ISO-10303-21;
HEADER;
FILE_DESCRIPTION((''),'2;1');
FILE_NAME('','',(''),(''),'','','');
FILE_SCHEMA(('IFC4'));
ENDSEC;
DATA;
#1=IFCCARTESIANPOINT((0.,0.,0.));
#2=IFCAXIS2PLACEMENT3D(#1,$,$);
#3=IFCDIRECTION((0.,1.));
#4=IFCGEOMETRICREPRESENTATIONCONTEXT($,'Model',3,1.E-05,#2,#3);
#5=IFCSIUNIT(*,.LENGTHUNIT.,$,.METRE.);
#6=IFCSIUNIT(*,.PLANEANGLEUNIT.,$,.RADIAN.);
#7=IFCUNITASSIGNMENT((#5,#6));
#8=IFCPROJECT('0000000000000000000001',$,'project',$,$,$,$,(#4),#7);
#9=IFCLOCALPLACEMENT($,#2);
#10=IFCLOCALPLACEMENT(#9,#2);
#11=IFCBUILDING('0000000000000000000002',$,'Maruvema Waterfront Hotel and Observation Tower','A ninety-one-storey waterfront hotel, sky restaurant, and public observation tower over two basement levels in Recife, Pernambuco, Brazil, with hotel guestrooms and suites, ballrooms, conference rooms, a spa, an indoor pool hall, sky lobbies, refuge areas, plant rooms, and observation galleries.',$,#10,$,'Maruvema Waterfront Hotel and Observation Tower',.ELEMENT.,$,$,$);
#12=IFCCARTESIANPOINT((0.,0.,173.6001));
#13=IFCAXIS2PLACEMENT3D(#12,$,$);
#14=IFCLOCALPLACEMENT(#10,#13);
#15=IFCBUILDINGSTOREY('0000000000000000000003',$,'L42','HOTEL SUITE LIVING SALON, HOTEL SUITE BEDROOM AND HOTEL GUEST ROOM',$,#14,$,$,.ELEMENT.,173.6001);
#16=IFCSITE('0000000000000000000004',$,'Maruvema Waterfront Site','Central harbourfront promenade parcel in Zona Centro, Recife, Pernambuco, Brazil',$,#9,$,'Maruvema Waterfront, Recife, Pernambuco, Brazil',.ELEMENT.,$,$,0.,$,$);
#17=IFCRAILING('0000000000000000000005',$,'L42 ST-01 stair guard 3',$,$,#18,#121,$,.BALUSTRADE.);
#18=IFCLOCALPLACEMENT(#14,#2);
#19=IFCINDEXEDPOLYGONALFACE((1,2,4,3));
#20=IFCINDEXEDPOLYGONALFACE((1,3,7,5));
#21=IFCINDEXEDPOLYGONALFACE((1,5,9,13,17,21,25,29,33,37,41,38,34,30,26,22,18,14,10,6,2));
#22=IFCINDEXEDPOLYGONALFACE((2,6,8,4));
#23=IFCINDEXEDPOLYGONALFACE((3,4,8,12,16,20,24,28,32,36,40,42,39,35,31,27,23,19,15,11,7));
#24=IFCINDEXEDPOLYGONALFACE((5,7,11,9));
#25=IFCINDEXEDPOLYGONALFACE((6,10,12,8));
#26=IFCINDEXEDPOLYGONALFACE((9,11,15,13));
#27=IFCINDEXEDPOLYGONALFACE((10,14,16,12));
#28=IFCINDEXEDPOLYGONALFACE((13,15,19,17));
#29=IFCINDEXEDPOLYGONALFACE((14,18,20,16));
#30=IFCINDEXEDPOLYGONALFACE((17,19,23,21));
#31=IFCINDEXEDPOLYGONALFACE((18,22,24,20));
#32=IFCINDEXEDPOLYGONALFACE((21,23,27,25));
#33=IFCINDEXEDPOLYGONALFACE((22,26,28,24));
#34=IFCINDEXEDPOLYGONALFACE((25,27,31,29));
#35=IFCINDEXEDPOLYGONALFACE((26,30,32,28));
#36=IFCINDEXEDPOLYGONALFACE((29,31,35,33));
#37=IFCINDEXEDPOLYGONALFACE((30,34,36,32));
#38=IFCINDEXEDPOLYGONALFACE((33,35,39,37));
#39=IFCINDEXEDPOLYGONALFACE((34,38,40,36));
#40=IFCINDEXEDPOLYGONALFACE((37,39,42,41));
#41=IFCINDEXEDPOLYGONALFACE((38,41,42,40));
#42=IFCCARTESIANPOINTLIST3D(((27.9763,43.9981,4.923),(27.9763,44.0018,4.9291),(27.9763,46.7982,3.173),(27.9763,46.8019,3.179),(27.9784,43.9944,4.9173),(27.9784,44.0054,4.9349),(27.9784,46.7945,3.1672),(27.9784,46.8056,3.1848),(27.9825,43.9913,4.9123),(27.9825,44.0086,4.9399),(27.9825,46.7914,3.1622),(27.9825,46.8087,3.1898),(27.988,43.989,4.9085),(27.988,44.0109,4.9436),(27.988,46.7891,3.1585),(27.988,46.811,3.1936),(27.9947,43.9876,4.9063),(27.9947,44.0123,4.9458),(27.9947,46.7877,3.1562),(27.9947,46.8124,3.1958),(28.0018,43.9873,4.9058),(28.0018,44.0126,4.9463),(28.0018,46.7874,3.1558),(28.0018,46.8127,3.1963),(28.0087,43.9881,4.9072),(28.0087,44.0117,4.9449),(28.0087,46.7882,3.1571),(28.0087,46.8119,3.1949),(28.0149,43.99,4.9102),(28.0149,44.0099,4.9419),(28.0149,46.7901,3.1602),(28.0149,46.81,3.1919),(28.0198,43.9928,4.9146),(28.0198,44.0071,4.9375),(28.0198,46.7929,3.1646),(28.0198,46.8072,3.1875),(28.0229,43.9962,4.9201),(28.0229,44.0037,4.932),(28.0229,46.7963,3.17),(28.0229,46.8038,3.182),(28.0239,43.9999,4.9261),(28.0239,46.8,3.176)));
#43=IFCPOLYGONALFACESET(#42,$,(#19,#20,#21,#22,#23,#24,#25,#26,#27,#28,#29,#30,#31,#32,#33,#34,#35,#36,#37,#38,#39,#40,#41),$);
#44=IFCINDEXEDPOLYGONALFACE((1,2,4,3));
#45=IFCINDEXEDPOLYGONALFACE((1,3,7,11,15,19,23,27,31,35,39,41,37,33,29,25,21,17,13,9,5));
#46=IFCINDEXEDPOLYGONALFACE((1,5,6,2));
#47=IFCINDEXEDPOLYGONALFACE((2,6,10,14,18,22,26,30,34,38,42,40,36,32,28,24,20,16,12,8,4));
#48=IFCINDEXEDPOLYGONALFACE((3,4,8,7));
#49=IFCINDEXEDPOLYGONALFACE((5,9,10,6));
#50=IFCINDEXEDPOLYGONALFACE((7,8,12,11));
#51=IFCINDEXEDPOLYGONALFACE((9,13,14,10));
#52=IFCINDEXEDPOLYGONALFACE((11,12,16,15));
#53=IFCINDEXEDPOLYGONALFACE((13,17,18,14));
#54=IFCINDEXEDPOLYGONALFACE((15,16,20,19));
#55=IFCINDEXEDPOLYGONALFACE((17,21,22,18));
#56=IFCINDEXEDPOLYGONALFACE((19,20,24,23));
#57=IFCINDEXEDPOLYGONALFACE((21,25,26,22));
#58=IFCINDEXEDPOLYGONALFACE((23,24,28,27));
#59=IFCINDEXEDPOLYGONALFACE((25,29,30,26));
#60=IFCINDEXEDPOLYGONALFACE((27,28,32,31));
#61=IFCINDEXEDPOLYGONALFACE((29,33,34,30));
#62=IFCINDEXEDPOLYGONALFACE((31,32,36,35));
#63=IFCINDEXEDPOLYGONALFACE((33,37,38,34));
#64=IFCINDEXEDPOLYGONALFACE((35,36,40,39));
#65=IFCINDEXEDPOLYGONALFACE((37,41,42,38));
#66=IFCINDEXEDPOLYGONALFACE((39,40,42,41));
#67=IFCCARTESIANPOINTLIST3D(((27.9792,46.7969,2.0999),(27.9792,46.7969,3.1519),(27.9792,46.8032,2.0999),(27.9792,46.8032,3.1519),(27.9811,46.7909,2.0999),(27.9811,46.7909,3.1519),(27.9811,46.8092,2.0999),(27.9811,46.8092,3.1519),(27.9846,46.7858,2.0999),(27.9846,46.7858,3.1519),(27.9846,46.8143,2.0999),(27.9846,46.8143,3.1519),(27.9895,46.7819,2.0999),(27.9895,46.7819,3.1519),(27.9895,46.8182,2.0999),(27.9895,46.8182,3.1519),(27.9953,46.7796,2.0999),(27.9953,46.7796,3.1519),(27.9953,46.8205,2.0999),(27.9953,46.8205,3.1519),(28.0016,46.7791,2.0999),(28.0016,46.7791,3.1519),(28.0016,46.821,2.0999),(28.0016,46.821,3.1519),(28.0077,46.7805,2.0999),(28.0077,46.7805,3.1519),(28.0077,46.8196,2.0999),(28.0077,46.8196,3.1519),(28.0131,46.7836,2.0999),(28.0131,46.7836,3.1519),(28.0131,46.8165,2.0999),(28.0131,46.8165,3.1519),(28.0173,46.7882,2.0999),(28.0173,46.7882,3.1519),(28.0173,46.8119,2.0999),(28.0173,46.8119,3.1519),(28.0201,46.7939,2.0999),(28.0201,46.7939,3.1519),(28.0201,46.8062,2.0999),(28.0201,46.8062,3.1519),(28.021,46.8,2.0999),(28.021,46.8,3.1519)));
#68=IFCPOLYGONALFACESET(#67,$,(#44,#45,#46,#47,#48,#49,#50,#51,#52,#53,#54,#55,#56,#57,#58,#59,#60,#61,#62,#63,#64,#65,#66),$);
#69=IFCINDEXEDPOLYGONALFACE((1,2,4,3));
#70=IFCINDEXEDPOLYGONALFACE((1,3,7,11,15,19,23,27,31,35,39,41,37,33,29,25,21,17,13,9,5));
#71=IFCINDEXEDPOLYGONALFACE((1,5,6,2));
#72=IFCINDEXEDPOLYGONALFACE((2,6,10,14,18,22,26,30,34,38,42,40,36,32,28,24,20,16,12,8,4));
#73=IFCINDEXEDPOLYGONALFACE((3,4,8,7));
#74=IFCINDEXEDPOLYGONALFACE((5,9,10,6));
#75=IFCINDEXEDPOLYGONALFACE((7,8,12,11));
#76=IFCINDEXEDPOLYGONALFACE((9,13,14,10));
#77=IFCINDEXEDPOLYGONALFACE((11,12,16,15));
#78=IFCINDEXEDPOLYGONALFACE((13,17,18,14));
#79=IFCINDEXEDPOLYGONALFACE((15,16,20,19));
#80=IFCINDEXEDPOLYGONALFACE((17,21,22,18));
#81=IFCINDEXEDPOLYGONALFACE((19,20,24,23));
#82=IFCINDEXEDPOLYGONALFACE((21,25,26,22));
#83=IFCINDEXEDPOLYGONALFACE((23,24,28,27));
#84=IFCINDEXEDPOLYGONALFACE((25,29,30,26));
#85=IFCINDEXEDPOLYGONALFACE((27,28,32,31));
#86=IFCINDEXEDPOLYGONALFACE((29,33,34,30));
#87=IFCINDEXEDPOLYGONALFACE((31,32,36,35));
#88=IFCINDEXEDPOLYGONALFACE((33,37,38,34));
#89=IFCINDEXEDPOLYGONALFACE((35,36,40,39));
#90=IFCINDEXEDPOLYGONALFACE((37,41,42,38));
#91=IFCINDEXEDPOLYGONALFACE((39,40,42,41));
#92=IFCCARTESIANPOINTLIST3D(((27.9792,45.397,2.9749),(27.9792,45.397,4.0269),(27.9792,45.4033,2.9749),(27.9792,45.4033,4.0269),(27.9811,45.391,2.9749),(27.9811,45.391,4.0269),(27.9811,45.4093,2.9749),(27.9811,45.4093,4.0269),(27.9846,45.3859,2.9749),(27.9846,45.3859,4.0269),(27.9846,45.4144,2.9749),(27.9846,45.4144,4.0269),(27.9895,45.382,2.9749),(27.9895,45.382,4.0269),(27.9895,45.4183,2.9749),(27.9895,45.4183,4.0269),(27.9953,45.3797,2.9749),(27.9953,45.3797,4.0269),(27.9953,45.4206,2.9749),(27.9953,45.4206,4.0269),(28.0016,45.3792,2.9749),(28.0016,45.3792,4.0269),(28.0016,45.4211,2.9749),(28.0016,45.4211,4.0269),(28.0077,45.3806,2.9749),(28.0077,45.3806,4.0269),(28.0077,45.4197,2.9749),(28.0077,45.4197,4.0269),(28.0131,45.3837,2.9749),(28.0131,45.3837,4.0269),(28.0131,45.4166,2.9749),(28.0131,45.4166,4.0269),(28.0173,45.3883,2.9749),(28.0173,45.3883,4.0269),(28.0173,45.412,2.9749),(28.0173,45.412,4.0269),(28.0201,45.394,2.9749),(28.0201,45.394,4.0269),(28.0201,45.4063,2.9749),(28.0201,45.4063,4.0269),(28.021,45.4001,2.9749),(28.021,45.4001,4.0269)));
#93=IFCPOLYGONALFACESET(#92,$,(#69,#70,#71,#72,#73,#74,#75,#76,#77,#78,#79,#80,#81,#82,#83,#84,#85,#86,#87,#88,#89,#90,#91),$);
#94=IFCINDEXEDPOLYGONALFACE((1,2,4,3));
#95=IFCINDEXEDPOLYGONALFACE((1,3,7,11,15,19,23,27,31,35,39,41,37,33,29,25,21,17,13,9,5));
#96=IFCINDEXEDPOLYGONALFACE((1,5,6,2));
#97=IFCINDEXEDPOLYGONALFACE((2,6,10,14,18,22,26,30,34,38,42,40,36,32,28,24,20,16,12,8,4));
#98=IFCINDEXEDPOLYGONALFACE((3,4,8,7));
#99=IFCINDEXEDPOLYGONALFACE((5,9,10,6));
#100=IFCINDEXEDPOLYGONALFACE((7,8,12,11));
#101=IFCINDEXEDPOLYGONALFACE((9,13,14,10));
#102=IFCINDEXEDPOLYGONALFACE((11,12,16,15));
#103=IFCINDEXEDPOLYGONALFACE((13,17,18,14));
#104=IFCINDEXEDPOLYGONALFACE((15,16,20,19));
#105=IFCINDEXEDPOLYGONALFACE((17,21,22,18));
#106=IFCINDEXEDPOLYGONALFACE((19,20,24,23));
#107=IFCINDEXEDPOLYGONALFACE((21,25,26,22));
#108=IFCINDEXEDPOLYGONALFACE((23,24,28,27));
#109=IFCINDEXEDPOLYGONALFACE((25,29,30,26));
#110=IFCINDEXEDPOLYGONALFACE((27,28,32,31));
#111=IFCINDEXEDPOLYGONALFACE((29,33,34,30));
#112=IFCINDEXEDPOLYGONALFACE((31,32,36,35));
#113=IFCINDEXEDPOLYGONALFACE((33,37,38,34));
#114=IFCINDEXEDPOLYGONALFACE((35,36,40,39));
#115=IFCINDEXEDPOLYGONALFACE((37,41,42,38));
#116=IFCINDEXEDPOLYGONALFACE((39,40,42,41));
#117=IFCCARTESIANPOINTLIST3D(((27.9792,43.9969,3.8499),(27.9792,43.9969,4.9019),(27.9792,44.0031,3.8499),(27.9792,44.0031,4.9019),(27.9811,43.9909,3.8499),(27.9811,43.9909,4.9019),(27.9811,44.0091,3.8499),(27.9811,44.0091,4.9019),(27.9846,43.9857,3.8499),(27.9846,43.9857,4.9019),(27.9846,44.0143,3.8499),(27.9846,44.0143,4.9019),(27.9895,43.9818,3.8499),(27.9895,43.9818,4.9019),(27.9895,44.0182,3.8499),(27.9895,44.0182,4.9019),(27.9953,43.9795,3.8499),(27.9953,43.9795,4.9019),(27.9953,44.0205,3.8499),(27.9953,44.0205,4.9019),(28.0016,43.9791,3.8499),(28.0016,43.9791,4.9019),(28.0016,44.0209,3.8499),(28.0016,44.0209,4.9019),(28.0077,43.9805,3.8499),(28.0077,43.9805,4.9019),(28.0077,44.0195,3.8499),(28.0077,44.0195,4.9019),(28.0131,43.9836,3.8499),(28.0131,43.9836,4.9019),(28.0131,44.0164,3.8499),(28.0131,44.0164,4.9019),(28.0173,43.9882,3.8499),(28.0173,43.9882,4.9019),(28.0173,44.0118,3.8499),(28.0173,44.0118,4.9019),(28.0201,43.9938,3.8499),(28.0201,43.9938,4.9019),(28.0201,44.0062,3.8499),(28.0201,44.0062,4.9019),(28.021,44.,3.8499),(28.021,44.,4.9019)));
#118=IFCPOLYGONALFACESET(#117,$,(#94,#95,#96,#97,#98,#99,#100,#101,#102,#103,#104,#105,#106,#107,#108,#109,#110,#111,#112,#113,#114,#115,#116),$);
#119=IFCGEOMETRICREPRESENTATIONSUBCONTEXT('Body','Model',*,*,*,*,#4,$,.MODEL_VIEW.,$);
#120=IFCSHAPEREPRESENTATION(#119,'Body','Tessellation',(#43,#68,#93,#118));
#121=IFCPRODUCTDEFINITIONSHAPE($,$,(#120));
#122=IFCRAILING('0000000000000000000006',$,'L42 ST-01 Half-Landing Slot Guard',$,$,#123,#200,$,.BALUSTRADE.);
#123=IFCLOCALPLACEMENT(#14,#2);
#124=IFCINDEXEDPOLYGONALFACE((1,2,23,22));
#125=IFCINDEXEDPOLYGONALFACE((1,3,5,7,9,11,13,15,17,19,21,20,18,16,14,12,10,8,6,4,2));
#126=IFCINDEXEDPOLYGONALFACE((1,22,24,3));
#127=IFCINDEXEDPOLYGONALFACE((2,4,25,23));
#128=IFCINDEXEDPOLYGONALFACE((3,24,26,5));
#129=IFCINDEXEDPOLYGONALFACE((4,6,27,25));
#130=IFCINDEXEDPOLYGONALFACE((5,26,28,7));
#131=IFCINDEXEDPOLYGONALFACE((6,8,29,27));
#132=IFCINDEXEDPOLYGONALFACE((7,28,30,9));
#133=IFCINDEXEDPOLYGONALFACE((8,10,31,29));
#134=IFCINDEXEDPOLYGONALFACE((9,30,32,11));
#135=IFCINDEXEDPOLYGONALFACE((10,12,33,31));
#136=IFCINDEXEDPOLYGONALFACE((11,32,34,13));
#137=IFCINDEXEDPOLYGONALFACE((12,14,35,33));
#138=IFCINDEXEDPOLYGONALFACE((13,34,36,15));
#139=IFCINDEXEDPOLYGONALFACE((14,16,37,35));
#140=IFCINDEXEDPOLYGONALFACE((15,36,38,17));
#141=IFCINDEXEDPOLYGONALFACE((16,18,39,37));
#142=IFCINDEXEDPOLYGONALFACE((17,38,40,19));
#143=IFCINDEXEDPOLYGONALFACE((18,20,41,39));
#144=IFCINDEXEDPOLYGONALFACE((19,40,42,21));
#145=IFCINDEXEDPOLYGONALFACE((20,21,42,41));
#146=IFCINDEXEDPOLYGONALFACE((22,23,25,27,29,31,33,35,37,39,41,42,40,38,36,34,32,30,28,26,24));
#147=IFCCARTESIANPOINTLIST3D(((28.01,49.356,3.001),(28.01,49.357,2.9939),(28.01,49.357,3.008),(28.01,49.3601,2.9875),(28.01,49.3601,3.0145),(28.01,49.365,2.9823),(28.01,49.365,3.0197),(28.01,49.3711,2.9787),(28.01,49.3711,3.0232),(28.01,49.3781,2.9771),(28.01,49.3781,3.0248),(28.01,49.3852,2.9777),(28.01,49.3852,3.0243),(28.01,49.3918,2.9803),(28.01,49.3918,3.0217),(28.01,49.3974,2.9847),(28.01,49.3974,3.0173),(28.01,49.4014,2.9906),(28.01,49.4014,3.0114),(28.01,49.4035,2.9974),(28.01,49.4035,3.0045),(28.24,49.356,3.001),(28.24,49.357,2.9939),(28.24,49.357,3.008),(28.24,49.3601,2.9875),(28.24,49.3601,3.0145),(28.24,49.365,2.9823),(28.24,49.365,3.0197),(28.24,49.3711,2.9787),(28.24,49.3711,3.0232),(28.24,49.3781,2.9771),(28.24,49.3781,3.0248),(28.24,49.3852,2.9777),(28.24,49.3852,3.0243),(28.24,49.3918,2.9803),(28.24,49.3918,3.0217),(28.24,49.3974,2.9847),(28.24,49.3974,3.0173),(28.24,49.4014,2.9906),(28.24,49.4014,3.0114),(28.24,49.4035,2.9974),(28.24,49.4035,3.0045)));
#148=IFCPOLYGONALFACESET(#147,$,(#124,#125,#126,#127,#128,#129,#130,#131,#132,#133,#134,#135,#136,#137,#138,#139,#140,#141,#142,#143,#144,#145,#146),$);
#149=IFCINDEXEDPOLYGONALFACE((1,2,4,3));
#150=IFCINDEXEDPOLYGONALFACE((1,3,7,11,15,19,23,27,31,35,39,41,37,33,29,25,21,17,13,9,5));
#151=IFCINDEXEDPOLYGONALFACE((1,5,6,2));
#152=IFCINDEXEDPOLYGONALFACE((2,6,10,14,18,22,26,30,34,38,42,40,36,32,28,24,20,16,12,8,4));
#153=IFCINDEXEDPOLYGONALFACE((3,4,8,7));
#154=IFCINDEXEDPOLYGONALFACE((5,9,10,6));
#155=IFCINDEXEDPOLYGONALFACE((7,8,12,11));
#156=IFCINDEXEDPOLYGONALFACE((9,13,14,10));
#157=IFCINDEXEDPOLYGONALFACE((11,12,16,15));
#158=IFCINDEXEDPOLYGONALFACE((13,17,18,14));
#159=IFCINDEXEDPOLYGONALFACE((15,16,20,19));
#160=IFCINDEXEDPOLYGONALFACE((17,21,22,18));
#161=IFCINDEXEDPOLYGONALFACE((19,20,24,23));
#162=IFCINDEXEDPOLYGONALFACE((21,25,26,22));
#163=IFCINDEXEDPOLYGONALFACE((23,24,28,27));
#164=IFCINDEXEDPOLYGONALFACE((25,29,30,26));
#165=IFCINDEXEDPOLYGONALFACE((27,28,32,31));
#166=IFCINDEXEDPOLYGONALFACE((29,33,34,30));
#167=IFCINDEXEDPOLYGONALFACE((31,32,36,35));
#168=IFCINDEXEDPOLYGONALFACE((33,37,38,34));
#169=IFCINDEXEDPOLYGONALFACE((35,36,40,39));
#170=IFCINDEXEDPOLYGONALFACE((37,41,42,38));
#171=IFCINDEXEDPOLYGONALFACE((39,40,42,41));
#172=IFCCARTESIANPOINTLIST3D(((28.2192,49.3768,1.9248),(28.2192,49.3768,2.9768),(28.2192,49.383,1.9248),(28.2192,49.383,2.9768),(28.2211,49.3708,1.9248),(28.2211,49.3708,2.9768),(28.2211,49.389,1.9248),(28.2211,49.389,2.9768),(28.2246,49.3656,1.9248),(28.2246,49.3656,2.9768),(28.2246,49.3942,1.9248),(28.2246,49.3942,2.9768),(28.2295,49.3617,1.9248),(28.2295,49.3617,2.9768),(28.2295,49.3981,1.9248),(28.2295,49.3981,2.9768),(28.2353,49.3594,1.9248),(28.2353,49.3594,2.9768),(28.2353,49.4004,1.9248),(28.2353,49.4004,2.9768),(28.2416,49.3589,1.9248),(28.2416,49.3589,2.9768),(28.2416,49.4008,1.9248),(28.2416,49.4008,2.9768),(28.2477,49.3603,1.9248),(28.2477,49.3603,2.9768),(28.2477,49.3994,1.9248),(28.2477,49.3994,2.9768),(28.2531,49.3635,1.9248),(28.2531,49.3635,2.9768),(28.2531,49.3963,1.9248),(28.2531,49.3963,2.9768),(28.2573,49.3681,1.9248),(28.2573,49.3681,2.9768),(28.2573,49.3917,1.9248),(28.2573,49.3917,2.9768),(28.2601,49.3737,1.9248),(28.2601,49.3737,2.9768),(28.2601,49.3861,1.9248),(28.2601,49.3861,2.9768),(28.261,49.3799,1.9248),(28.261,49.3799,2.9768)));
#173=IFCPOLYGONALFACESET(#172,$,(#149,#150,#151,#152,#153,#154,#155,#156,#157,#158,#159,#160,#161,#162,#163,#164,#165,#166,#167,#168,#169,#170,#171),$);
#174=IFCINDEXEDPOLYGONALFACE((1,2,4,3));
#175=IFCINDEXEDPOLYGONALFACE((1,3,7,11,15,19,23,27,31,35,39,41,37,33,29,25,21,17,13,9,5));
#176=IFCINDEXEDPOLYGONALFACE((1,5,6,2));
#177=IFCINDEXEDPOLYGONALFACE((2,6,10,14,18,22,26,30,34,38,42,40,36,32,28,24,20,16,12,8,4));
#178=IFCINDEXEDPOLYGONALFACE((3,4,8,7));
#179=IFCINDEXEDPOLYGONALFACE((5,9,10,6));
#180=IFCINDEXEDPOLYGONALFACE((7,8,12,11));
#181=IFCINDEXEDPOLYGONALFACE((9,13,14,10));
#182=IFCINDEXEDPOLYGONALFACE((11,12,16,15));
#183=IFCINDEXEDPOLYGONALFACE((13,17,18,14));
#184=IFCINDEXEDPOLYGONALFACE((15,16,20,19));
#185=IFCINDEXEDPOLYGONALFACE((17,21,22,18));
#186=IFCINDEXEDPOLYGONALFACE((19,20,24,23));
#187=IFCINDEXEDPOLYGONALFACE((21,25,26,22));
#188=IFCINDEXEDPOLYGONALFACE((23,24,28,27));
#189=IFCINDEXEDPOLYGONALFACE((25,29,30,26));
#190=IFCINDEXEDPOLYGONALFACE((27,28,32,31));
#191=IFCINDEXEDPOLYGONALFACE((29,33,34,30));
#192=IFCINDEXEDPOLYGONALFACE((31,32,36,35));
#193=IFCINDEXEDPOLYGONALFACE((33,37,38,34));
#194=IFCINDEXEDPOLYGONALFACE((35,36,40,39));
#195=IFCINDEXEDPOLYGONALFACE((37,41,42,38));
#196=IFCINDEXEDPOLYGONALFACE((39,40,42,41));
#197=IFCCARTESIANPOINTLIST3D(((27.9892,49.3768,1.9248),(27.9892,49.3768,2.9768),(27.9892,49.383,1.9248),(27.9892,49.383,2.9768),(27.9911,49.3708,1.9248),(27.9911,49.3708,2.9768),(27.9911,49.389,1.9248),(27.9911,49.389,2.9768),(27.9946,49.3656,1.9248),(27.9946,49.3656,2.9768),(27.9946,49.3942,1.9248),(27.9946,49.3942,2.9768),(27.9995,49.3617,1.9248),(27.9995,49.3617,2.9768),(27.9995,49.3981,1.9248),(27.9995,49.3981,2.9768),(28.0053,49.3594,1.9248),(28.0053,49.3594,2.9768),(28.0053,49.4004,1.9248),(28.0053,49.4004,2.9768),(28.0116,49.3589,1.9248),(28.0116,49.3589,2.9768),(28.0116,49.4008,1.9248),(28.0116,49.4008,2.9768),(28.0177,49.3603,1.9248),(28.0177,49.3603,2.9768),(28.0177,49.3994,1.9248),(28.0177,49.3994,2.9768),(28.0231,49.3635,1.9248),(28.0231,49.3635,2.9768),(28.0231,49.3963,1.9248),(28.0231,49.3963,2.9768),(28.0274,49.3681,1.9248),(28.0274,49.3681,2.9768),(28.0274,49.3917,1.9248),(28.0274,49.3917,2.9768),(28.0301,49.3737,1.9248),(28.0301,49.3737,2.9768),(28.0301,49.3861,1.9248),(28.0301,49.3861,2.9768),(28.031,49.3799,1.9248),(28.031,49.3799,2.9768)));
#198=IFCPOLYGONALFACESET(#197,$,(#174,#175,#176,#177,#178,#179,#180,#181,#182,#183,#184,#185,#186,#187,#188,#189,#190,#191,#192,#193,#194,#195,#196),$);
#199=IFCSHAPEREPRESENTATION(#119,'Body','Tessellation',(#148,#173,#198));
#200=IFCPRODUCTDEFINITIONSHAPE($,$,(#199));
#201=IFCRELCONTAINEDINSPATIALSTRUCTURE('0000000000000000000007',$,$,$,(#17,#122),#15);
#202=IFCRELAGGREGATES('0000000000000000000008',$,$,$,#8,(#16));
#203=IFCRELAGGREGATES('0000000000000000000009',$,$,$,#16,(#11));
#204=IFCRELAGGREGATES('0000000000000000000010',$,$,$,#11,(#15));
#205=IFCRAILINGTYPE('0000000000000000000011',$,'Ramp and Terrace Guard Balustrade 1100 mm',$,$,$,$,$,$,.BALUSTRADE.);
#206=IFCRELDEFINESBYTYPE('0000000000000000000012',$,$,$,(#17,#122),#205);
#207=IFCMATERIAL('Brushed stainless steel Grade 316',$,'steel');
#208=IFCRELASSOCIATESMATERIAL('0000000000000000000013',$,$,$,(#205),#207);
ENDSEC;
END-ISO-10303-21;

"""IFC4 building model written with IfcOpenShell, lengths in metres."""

from ifc_helpers import new_model, si_unit, direction, frame, origin, origin_2d, place, context, subcontext, project, spatial, circle, extrude, material, type_object, element, save


model = new_model("IFC4")

# Units and contexts
model_context = context("Model", 3, precision=1e-05, world=origin(), true_north=direction((0.0, 1.0)))
body_context = subcontext(model_context, "Body", "Model", "MODEL_VIEW")
ifc_project = project(units=[si_unit("LENGTHUNIT", "METRE"), si_unit("PLANEANGLEUNIT", "RADIAN")], contexts=[model_context])

# Site, building, storey
site_placement = place(None, origin())
site = spatial("IfcSite", under=ifc_project, at=site_placement, Name="Maruvema Waterfront Site", Description="Central harbourfront promenade parcel in Zona Centro, Recife, Pernambuco, Brazil", LongName="Maruvema Waterfront, Recife, Pernambuco, Brazil", CompositionType="ELEMENT", RefElevation=0.0)
building_placement = place(site_placement, origin())
building = spatial("IfcBuilding", under=site, at=building_placement, Name="Maruvema Waterfront Hotel and Observation Tower", Description="A ninety-one-storey waterfront hotel, sky restaurant, and public observation tower over two basement levels in Recife, Pernambuco, Brazil, with hotel guestrooms and suites, ballrooms, conference rooms, a spa, an indoor pool hall, sky lobbies, refuge areas, plant rooms, and observation galleries.", LongName="Maruvema Waterfront Hotel and Observation Tower", CompositionType="ELEMENT")
storey_placement = place(building_placement, frame((0.0, 0.0, 173.6001)))
storey = spatial("IfcBuildingStorey", under=building, at=storey_placement, Name="L42", Description="HOTEL SUITE LIVING SALON, HOTEL SUITE BEDROOM AND HOTEL GUEST ROOM", CompositionType="ELEMENT", Elevation=173.6001)

# Railings
ifc_material_1 = material(Name="Brushed stainless steel Grade 316", Category="steel")
railing_type_1 = type_object("IfcRailingType", Name="Ramp and Terrace Guard Balustrade 1100 mm", PredefinedType="BALUSTRADE", material=ifc_material_1)
railing_1_placement = place(storey_placement, frame((28.0, 46.8, 2.0999)))
element("IfcRailing", 1, at=railing_1_placement, inside=storey, type_object=railing_type_1, Name="L42 ST-01 stair guard 3", PredefinedType="BALUSTRADE", context=body_context, shape_type="SweptSolid", body=[
    extrude(circle(Radius=0.0239, at=origin_2d()), frame((0.0, 0.0, 1.0762), z_axis=(0.0, -0.848002, 0.529992), x_axis=(1.0, 0.0, 0.0)), (0.0, 0.0, 1.0), 3.302),
    extrude(circle(Radius=0.021, at=origin_2d()), origin(), (0.0, 0.0, 1.0), 1.052),
    extrude(circle(Radius=0.021, at=origin_2d()), frame((0.0, -1.3999, 0.875)), (0.0, 0.0, 1.0), 1.052),
    extrude(circle(Radius=0.021, at=origin_2d()), frame((0.0, -2.8, 1.75)), (0.0, 0.0, 1.0), 1.052),
])
railing_2_placement = place(storey_placement, frame((28.24, 49.3799, 1.9248)))
element("IfcRailing", 2, at=railing_2_placement, inside=storey, type_object=railing_type_1, Name="L42 ST-01 Half-Landing Slot Guard", PredefinedType="BALUSTRADE", context=body_context, shape_type="SweptSolid", body=[
    extrude(circle(Radius=0.0239, at=origin_2d()), frame((0.0, 0.0, 1.0762), z_axis=(-1.0, 0.0, 0.0), x_axis=(0.0, -1.0, 0.0)), (0.0, 0.0, 1.0), 0.23),
    extrude(circle(Radius=0.021, at=origin_2d()), origin(), (0.0, 0.0, 1.0), 1.052),
    extrude(circle(Radius=0.021, at=origin_2d()), frame((-0.23, 0.0, 0.0)), (0.0, 0.0, 1.0), 1.052),
])

save(model, "model.ifc")
